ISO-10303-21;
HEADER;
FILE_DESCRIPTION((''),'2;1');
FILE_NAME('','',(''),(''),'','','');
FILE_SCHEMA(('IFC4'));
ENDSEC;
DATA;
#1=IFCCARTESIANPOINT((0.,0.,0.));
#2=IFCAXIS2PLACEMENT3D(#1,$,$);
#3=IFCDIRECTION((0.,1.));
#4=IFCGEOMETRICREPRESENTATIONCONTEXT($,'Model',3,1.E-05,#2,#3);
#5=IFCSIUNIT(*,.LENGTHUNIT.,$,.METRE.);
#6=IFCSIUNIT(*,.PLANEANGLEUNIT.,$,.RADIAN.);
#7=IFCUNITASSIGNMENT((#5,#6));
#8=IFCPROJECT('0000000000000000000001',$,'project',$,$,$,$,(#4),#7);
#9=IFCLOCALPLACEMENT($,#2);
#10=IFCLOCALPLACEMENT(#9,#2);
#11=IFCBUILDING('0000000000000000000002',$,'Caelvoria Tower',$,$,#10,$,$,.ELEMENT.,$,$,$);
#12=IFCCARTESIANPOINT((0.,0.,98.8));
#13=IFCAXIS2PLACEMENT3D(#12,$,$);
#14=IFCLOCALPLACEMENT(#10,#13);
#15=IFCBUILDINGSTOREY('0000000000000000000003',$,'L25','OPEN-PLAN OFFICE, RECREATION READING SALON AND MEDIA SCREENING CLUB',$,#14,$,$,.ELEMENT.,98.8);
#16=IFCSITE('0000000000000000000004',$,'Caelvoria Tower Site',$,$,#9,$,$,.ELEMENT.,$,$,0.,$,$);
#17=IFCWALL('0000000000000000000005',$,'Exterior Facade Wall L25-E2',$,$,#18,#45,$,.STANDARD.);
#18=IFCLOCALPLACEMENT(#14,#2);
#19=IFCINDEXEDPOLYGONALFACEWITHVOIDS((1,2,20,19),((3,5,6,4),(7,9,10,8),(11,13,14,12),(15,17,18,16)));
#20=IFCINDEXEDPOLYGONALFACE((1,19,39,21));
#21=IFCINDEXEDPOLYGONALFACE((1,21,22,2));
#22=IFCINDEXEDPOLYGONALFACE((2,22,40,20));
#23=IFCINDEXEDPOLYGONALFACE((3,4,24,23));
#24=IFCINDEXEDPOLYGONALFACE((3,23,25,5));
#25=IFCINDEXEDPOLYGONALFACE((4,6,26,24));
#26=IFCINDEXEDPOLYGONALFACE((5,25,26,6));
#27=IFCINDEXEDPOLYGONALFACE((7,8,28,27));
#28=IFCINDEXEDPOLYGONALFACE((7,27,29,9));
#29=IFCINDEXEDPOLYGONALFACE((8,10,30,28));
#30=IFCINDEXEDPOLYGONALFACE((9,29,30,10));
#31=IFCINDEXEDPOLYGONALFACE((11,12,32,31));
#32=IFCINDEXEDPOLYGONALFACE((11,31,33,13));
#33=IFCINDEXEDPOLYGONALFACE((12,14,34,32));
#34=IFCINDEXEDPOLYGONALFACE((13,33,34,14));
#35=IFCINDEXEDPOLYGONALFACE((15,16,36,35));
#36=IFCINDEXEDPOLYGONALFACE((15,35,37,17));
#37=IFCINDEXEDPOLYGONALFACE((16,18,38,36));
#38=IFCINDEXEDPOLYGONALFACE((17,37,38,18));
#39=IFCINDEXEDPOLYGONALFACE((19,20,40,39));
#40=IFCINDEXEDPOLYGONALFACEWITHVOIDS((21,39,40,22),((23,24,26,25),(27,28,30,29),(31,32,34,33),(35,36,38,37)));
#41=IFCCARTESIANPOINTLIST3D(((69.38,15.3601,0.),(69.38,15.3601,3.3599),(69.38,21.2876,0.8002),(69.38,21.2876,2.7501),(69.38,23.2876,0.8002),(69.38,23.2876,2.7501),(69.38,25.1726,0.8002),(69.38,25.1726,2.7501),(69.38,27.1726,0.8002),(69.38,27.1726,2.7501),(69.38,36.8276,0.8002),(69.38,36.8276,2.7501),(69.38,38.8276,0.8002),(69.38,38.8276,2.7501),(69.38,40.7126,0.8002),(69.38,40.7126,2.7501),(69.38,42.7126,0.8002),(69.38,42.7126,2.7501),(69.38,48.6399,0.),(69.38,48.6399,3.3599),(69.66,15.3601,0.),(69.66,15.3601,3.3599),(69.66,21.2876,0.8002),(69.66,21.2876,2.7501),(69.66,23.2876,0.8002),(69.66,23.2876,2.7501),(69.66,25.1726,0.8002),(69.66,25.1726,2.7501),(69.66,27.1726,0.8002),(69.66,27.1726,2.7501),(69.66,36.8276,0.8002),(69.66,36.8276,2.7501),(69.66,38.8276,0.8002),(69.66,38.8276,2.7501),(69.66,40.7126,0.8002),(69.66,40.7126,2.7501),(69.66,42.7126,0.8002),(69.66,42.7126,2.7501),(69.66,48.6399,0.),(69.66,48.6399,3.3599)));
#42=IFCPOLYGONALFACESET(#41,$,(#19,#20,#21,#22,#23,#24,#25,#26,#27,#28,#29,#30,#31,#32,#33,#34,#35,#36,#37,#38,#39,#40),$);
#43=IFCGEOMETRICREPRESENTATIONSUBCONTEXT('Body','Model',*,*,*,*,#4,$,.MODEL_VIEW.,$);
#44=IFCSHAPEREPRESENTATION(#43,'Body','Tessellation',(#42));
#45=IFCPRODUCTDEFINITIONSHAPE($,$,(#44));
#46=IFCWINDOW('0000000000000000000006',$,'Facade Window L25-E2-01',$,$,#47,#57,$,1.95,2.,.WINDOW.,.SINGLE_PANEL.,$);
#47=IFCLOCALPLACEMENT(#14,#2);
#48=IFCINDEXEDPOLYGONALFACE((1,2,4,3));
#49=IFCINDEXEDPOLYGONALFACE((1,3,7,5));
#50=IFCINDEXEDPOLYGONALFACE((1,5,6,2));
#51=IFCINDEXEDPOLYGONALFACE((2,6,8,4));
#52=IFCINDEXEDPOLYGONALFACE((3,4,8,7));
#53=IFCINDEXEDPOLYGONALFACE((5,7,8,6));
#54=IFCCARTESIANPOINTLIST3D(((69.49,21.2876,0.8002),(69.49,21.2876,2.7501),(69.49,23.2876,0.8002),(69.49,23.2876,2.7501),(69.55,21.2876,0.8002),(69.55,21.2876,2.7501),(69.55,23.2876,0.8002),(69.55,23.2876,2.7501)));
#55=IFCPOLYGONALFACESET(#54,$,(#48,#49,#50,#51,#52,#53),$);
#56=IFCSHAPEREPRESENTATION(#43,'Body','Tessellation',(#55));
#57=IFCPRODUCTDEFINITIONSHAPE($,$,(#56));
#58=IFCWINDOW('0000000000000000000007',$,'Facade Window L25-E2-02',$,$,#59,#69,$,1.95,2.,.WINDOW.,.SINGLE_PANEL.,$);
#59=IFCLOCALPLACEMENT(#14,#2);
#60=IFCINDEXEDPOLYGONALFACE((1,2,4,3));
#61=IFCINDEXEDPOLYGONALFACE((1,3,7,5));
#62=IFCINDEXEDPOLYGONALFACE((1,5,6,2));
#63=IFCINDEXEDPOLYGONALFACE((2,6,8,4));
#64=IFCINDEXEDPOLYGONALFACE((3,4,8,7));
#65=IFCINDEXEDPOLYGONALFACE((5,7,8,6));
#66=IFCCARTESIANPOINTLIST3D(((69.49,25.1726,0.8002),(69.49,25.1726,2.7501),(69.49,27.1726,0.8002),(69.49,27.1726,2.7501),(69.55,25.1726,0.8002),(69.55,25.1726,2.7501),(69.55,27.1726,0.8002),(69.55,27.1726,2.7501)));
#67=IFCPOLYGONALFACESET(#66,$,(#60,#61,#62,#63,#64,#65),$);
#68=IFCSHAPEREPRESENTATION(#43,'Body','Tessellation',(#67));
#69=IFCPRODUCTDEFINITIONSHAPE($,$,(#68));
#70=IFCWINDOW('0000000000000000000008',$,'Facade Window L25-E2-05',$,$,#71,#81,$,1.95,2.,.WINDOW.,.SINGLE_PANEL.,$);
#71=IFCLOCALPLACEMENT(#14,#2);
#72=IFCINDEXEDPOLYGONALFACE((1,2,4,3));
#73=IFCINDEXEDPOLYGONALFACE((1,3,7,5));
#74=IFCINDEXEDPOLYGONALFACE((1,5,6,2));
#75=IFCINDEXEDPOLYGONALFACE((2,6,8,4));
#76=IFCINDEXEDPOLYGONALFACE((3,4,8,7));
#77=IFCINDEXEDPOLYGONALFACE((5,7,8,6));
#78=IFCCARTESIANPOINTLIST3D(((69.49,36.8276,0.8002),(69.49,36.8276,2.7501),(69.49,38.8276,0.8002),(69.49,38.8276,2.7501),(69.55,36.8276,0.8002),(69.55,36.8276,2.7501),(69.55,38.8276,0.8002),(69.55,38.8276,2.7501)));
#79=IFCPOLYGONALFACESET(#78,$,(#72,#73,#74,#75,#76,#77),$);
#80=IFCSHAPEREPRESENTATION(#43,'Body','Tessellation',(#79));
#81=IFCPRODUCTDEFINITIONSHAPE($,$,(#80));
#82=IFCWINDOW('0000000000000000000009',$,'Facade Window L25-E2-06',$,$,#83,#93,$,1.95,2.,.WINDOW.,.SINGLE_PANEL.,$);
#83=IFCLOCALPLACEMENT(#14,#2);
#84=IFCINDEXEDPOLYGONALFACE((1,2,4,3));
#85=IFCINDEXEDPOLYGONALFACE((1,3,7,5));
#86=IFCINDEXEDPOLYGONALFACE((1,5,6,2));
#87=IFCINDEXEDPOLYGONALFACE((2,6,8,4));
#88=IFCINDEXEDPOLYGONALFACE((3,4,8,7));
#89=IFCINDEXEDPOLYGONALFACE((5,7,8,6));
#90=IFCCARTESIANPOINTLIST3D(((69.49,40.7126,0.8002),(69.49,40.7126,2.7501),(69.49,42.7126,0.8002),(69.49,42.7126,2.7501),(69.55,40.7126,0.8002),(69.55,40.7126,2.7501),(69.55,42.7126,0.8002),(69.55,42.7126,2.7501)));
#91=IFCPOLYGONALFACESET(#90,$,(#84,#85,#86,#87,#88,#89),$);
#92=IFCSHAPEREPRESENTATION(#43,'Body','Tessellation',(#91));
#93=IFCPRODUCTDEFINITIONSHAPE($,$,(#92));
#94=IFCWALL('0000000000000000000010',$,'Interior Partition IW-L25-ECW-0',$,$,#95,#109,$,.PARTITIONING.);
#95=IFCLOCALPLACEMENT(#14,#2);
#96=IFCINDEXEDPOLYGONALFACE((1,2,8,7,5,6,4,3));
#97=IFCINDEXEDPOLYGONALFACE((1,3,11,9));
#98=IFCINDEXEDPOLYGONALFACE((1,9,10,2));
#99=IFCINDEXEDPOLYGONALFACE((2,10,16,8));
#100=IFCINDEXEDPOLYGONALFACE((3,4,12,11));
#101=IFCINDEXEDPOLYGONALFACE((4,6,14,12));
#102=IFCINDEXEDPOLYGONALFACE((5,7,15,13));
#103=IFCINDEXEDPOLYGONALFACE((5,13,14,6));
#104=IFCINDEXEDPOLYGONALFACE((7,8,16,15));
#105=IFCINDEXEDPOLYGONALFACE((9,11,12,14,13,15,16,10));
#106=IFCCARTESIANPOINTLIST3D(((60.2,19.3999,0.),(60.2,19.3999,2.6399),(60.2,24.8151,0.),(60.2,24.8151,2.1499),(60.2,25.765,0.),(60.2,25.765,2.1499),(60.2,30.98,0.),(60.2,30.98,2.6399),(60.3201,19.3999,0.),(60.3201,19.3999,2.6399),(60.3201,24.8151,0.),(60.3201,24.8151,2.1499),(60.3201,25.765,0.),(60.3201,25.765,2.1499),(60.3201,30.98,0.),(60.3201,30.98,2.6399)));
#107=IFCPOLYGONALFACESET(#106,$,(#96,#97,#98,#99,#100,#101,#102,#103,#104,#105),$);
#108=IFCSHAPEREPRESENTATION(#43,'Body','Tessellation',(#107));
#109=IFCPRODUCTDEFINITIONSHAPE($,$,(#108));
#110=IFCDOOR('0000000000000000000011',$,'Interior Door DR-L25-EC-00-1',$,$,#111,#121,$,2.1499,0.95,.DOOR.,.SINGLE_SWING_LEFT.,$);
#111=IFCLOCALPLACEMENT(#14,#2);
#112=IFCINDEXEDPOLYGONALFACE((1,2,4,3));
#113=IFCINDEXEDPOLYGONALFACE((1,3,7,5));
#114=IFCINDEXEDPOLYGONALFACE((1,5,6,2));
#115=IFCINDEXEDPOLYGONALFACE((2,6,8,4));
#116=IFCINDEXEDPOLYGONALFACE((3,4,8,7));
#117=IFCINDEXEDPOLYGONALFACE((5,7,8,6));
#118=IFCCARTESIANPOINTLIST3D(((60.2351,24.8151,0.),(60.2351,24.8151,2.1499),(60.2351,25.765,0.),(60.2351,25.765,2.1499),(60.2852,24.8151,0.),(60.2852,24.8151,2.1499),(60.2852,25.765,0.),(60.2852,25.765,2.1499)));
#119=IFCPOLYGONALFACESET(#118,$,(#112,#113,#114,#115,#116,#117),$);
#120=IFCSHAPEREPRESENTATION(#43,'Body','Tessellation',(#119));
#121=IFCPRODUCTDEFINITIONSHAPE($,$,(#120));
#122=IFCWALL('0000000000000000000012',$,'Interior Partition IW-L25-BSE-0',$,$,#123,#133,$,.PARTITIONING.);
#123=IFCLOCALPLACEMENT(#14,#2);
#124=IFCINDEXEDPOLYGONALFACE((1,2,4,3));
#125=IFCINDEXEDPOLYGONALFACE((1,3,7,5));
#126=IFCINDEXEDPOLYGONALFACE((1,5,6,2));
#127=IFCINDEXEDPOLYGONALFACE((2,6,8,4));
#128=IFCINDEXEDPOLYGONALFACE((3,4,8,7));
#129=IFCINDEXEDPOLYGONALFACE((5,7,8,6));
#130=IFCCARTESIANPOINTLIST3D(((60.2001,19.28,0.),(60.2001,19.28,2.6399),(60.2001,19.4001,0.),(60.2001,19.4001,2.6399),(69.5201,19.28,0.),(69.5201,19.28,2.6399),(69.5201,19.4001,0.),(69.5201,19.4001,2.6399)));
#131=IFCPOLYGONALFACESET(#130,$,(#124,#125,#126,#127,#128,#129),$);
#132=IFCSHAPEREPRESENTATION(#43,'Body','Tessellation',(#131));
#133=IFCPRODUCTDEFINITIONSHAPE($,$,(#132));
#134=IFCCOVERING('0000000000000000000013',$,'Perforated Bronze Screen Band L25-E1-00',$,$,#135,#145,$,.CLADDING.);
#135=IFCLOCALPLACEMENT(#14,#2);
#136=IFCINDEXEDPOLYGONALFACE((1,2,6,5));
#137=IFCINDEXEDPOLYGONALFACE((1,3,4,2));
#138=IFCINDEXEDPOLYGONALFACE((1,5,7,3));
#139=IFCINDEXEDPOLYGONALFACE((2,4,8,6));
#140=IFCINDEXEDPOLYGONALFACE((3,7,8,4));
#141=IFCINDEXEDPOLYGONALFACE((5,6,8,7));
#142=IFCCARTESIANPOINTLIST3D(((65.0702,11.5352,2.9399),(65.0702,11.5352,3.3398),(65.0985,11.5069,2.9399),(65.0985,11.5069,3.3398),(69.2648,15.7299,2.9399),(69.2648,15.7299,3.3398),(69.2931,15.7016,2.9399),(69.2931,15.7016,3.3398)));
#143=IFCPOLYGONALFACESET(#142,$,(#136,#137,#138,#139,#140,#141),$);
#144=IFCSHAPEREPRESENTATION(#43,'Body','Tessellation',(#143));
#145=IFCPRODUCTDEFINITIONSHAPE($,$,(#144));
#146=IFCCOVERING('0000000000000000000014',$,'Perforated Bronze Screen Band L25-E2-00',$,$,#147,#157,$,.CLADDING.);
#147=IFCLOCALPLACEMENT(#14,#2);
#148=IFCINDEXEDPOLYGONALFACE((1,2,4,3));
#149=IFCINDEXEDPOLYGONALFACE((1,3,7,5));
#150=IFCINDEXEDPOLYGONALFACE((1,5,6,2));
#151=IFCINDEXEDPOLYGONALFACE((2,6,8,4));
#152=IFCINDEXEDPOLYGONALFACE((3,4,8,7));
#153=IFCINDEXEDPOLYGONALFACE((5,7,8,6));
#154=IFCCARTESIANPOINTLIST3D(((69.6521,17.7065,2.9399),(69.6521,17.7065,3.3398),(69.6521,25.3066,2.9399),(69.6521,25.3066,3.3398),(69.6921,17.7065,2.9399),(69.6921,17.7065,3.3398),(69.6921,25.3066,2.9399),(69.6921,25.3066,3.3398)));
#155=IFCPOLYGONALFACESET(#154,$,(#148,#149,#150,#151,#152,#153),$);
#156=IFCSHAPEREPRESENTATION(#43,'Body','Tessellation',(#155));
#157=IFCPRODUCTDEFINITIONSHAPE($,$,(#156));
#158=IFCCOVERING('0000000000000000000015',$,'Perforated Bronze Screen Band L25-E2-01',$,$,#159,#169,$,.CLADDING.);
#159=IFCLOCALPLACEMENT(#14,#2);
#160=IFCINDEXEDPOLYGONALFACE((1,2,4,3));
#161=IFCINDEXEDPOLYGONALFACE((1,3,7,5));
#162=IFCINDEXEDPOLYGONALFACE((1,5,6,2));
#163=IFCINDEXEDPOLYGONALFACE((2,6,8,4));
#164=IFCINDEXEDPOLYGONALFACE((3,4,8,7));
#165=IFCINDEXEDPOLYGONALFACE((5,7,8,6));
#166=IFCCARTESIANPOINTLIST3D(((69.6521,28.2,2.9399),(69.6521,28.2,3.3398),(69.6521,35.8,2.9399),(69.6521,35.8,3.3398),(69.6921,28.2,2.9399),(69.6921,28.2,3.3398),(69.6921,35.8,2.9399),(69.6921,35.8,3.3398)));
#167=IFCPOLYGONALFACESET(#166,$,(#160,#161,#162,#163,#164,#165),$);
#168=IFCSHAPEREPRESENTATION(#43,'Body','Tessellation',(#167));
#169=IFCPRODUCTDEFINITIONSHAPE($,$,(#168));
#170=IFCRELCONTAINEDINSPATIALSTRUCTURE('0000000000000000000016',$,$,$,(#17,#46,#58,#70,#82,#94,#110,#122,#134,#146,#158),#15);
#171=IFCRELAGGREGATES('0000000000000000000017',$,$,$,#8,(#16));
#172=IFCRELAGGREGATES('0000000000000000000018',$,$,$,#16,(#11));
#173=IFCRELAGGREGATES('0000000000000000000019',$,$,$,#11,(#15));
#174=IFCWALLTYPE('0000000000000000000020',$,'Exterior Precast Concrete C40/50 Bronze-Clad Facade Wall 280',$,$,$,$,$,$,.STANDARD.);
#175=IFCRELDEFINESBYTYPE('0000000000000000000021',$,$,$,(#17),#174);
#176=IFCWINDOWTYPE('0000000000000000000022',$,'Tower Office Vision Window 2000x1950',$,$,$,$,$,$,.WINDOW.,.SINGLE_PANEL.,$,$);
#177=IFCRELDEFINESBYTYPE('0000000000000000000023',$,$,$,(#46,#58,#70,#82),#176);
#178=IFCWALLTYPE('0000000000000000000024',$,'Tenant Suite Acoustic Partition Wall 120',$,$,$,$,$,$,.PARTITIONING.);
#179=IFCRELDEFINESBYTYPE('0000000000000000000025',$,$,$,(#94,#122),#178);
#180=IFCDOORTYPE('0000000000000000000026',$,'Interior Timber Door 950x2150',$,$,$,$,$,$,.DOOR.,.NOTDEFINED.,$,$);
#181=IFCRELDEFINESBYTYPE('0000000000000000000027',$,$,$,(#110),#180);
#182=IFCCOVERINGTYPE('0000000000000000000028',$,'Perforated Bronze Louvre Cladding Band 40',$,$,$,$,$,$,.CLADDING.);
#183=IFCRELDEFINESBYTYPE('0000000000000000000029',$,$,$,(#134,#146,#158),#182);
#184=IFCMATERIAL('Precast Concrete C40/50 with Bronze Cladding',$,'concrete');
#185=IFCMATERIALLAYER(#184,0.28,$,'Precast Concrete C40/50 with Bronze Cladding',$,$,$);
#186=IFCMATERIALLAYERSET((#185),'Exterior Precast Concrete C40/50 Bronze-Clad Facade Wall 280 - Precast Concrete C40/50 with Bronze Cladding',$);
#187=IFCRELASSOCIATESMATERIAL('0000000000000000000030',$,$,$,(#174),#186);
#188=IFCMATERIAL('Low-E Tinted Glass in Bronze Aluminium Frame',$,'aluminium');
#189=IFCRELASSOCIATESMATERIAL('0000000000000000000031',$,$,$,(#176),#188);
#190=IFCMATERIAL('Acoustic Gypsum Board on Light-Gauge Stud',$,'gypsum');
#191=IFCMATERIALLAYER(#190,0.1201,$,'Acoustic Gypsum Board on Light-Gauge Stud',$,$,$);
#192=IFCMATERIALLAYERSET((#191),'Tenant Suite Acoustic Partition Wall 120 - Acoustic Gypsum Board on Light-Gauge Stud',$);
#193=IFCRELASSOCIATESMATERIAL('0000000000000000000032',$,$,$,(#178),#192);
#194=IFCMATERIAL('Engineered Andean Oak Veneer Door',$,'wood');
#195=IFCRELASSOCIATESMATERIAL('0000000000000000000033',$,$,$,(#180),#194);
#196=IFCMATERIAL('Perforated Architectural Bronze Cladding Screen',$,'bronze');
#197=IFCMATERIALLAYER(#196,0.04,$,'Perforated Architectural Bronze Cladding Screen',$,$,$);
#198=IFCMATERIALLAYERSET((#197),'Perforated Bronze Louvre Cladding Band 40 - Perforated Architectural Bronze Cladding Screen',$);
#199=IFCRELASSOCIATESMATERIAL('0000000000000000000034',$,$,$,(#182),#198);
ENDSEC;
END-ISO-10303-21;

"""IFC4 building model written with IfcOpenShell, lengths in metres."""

from ifc_helpers import new_model, si_unit, direction, frame, frame_2d, origin, origin_2d, place, context, subcontext, project, spatial, rectangle, extrude, material, layer, layer_set, type_object, element, fill, save


model = new_model("IFC4")

# Units and contexts
model_context = context("Model", 3, precision=1e-05, world=origin(), true_north=direction((0.0, 1.0)))
body_context = subcontext(model_context, "Body", "Model", "MODEL_VIEW")
ifc_project = project(units=[si_unit("LENGTHUNIT", "METRE"), si_unit("PLANEANGLEUNIT", "RADIAN")], contexts=[model_context])

# Site, building, storey
site_placement = place(None, origin())
site = spatial("IfcSite", under=ifc_project, at=site_placement, Name="Caelvoria Tower Site", CompositionType="ELEMENT", RefElevation=0.0)
building_placement = place(site_placement, origin())
building = spatial("IfcBuilding", under=site, at=building_placement, Name="Caelvoria Tower", CompositionType="ELEMENT")
storey_placement = place(building_placement, frame((0.0, 0.0, 98.8)))
storey = spatial("IfcBuildingStorey", under=building, at=storey_placement, Name="L25", Description="OPEN-PLAN OFFICE, RECREATION READING SALON AND MEDIA SCREENING CLUB", CompositionType="ELEMENT", Elevation=98.8)

# Shared definitions
ifc_material_1 = material(Name="Precast Concrete C40/50 with Bronze Cladding", Category="concrete")
ifc_layer_1 = layer(ifc_material_1, 0.28, Name="Precast Concrete C40/50 with Bronze Cladding")
ifc_layer_set_1 = layer_set([ifc_layer_1], Name="Exterior Precast Concrete C40/50 Bronze-Clad Facade Wall 280 - Precast Concrete C40/50 with Bronze Cladding")
wall_type_1 = type_object("IfcWallType", Name="Exterior Precast Concrete C40/50 Bronze-Clad Facade Wall 280", PredefinedType="STANDARD", material=ifc_layer_set_1)

# Wall, openings, windows
wall_1_placement = place(storey_placement, frame((69.52, 15.3601, 0.0), z_axis=(0.0, 0.0, 1.0), x_axis=(0.0, 1.0, 0.0)))
wall_1 = element("IfcWall", 1, at=wall_1_placement, inside=storey, type_object=wall_type_1, Name="Exterior Facade Wall L25-E2", PredefinedType="STANDARD", context=body_context, shape_type="SweptSolid", body=[
    extrude(rectangle(XDim=33.2798, YDim=0.28, at=frame_2d((16.6399, 0.0))), origin(), (0.0, 0.0, 1.0), 3.3599),
])
opening_1_placement = place(wall_1_placement, frame((5.9275, 0.0, 0.8)))
opening_1 = element("IfcOpeningElement", 2, at=opening_1_placement, cuts=wall_1, PredefinedType="OPENING", context=body_context, shape_type="SweptSolid", body=[
    extrude(rectangle(XDim=2.0, YDim=1.95, at=frame_2d((1.0, 0.9751))), frame((0.0, 0.1499, 0.0), z_axis=(0.0, -1.0, 0.0), x_axis=(1.0, 0.0, 0.0)), (0.0, 0.0, 1.0), 0.3),
])
opening_2_placement = place(wall_1_placement, frame((9.8125, 0.0, 0.8)))
opening_2 = element("IfcOpeningElement", 3, at=opening_2_placement, cuts=wall_1, PredefinedType="OPENING", context=body_context, shape_type="SweptSolid", body=[
    extrude(rectangle(XDim=2.0, YDim=1.95, at=frame_2d((1.0, 0.9751))), frame((0.0, 0.1499, 0.0), z_axis=(0.0, -1.0, 0.0), x_axis=(1.0, 0.0, 0.0)), (0.0, 0.0, 1.0), 0.3),
])
opening_3_placement = place(wall_1_placement, frame((21.4675, 0.0, 0.8)))
opening_3 = element("IfcOpeningElement", 4, at=opening_3_placement, cuts=wall_1, PredefinedType="OPENING", context=body_context, shape_type="SweptSolid", body=[
    extrude(rectangle(XDim=2.0, YDim=1.95, at=frame_2d((1.0, 0.9751))), frame((0.0, 0.1499, 0.0), z_axis=(0.0, -1.0, 0.0), x_axis=(1.0, 0.0, 0.0)), (0.0, 0.0, 1.0), 0.3),
])
opening_4_placement = place(wall_1_placement, frame((25.3525, 0.0, 0.8)))
opening_4 = element("IfcOpeningElement", 5, at=opening_4_placement, cuts=wall_1, PredefinedType="OPENING", context=body_context, shape_type="SweptSolid", body=[
    extrude(rectangle(XDim=2.0, YDim=1.95, at=frame_2d((1.0, 0.9751))), frame((0.0, 0.1499, 0.0), z_axis=(0.0, -1.0, 0.0), x_axis=(1.0, 0.0, 0.0)), (0.0, 0.0, 1.0), 0.3),
])
ifc_material_2 = material(Name="Low-E Tinted Glass in Bronze Aluminium Frame", Category="aluminium")
window_type = type_object("IfcWindowType", Name="Tower Office Vision Window 2000x1950", PartitioningType="SINGLE_PANEL", PredefinedType="WINDOW", material=ifc_material_2)
window_1_placement = place(opening_1_placement, origin())
window_1 = element("IfcWindow", 6, at=window_1_placement, inside=storey, type_object=window_type, Name="Facade Window L25-E2-01", OverallHeight=1.95, OverallWidth=2.0, PartitioningType="SINGLE_PANEL", PredefinedType="WINDOW", context=body_context, shape_type="SweptSolid", body=[
    extrude(rectangle(XDim=2.0, YDim=1.95, at=frame_2d((1.0, 0.9751))), frame((0.0, 0.03, 0.0), z_axis=(0.0, -1.0, 0.0), x_axis=(1.0, 0.0, 0.0)), (0.0, 0.0, 1.0), 0.0601),
])
fill(opening_1, window_1)
window_2_placement = place(opening_2_placement, origin())
window_2 = element("IfcWindow", 7, at=window_2_placement, inside=storey, type_object=window_type, Name="Facade Window L25-E2-02", OverallHeight=1.95, OverallWidth=2.0, PartitioningType="SINGLE_PANEL", PredefinedType="WINDOW", context=body_context, shape_type="SweptSolid", body=[
    extrude(rectangle(XDim=2.0, YDim=1.95, at=frame_2d((1.0, 0.9751))), frame((0.0, 0.03, 0.0), z_axis=(0.0, -1.0, 0.0), x_axis=(1.0, 0.0, 0.0)), (0.0, 0.0, 1.0), 0.0601),
])
fill(opening_2, window_2)
window_3_placement = place(opening_3_placement, origin())
window_3 = element("IfcWindow", 8, at=window_3_placement, inside=storey, type_object=window_type, Name="Facade Window L25-E2-05", OverallHeight=1.95, OverallWidth=2.0, PartitioningType="SINGLE_PANEL", PredefinedType="WINDOW", context=body_context, shape_type="SweptSolid", body=[
    extrude(rectangle(XDim=2.0, YDim=1.95, at=frame_2d((1.0, 0.9751))), frame((0.0, 0.03, 0.0), z_axis=(0.0, -1.0, 0.0), x_axis=(1.0, 0.0, 0.0)), (0.0, 0.0, 1.0), 0.0601),
])
fill(opening_3, window_3)
window_4_placement = place(opening_4_placement, origin())
window_4 = element("IfcWindow", 9, at=window_4_placement, inside=storey, type_object=window_type, Name="Facade Window L25-E2-06", OverallHeight=1.95, OverallWidth=2.0, PartitioningType="SINGLE_PANEL", PredefinedType="WINDOW", context=body_context, shape_type="SweptSolid", body=[
    extrude(rectangle(XDim=2.0, YDim=1.95, at=frame_2d((1.0, 0.9751))), frame((0.0, 0.03, 0.0), z_axis=(0.0, -1.0, 0.0), x_axis=(1.0, 0.0, 0.0)), (0.0, 0.0, 1.0), 0.0601),
])
fill(opening_4, window_4)

# Wall, opening, door
ifc_material_3 = material(Name="Acoustic Gypsum Board on Light-Gauge Stud", Category="gypsum")
ifc_layer_2 = layer(ifc_material_3, 0.1201, Name="Acoustic Gypsum Board on Light-Gauge Stud")
ifc_layer_set_2 = layer_set([ifc_layer_2], Name="Tenant Suite Acoustic Partition Wall 120 - Acoustic Gypsum Board on Light-Gauge Stud")
wall_type_2 = type_object("IfcWallType", Name="Tenant Suite Acoustic Partition Wall 120", PredefinedType="PARTITIONING", material=ifc_layer_set_2)
wall_2_placement = place(storey_placement, frame((60.26, 19.3999, 0.0), z_axis=(0.0, 0.0, 1.0), x_axis=(0.0, 1.0, 0.0)))
wall_2 = element("IfcWall", 10, at=wall_2_placement, inside=storey, type_object=wall_type_2, Name="Interior Partition IW-L25-ECW-0", PredefinedType="PARTITIONING", context=body_context, shape_type="SweptSolid", body=[
    extrude(rectangle(XDim=11.5801, YDim=0.1201, at=frame_2d((5.79, 0.0))), origin(), (0.0, 0.0, 1.0), 2.6399),
])
opening_5_placement = place(wall_2_placement, frame((5.415, 0.0, 0.0)))
opening_5 = element("IfcOpeningElement", 11, at=opening_5_placement, cuts=wall_2, PredefinedType="OPENING", context=body_context, shape_type="SweptSolid", body=[
    extrude(rectangle(XDim=0.95, YDim=2.1499, at=frame_2d((0.4751, 1.075))), frame((0.0, 0.0701, 0.0), z_axis=(0.0, -1.0, 0.0), x_axis=(1.0, 0.0, 0.0)), (0.0, 0.0, 1.0), 0.1401),
])
ifc_material_4 = material(Name="Engineered Andean Oak Veneer Door", Category="wood")
door_type = type_object("IfcDoorType", Name="Interior Timber Door 950x2150", OperationType="NOTDEFINED", PredefinedType="DOOR", material=ifc_material_4)
door_placement = place(opening_5_placement, origin())
door = element("IfcDoor", 12, at=door_placement, inside=storey, type_object=door_type, Name="Interior Door DR-L25-EC-00-1", OperationType="SINGLE_SWING_LEFT", OverallHeight=2.1499, OverallWidth=0.95, PredefinedType="DOOR", context=body_context, shape_type="SweptSolid", body=[
    extrude(rectangle(XDim=0.95, YDim=2.1499, at=frame_2d((0.4751, 1.075))), frame((0.0, 0.0249, 0.0), z_axis=(0.0, -1.0, 0.0), x_axis=(1.0, 0.0, 0.0)), (0.0, 0.0, 1.0), 0.05),
])
fill(opening_5, door)

# Wall
wall_3_placement = place(storey_placement, frame((60.2, 19.3401, 0.0), z_axis=(0.0, 0.0, 1.0), x_axis=(1.0, 0.0, 0.0)))
element("IfcWall", 13, at=wall_3_placement, inside=storey, type_object=wall_type_2, Name="Interior Partition IW-L25-BSE-0", PredefinedType="PARTITIONING", context=body_context, shape_type="SweptSolid", body=[
    extrude(rectangle(XDim=9.3201, YDim=0.1201, at=frame_2d((4.6602, 0.0))), origin(), (0.0, 0.0, 1.0), 2.6399),
])

# Coverings
ifc_material_5 = material(Name="Perforated Architectural Bronze Cladding Screen", Category="bronze")
ifc_layer_3 = layer(ifc_material_5, 0.04, Name="Perforated Architectural Bronze Cladding Screen")
ifc_layer_set_3 = layer_set([ifc_layer_3], Name="Perforated Bronze Louvre Cladding Band 40 - Perforated Architectural Bronze Cladding Screen")
covering_type = type_object("IfcCoveringType", Name="Perforated Bronze Louvre Cladding Band 40", PredefinedType="CLADDING", material=ifc_layer_set_3)
covering_placement = place(storey_placement, frame((67.1816, 13.6184, 2.9399), z_axis=(0.0, 0.0, 1.0), x_axis=(0.707107, 0.707107, 0.0)))
element("IfcCovering", 14, at=covering_placement, inside=storey, type_object=covering_type, Name="Perforated Bronze Screen Band L25-E1-00", PredefinedType="CLADDING", context=body_context, shape_type="SweptSolid", body=[
    extrude(rectangle(XDim=5.9321, YDim=0.04, at=origin_2d()), origin(), (0.0, 0.0, 1.0), 0.3999),
])
for number, where, z_axis, x_axis, name in (
    (15, (69.6721, 21.5066, 2.9399), (0.0, 0.0, 1.0), (0.0, 1.0, 0.0), "Perforated Bronze Screen Band L25-E2-00"),
    (16, (69.6721, 32.0, 2.9399), (0.0, 0.0, 1.0), (0.0, 1.0, 0.0), "Perforated Bronze Screen Band L25-E2-01"),
):
    element("IfcCovering", number, at=place(storey_placement, frame(where, z_axis=z_axis, x_axis=x_axis)), inside=storey, type_object=covering_type, Name=name, PredefinedType="CLADDING", context=body_context, shape_type="SweptSolid", body=[
        extrude(rectangle(XDim=7.6001, YDim=0.04, at=origin_2d()), origin(), (0.0, 0.0, 1.0), 0.3999),
    ])

save(model, "model.ifc")
